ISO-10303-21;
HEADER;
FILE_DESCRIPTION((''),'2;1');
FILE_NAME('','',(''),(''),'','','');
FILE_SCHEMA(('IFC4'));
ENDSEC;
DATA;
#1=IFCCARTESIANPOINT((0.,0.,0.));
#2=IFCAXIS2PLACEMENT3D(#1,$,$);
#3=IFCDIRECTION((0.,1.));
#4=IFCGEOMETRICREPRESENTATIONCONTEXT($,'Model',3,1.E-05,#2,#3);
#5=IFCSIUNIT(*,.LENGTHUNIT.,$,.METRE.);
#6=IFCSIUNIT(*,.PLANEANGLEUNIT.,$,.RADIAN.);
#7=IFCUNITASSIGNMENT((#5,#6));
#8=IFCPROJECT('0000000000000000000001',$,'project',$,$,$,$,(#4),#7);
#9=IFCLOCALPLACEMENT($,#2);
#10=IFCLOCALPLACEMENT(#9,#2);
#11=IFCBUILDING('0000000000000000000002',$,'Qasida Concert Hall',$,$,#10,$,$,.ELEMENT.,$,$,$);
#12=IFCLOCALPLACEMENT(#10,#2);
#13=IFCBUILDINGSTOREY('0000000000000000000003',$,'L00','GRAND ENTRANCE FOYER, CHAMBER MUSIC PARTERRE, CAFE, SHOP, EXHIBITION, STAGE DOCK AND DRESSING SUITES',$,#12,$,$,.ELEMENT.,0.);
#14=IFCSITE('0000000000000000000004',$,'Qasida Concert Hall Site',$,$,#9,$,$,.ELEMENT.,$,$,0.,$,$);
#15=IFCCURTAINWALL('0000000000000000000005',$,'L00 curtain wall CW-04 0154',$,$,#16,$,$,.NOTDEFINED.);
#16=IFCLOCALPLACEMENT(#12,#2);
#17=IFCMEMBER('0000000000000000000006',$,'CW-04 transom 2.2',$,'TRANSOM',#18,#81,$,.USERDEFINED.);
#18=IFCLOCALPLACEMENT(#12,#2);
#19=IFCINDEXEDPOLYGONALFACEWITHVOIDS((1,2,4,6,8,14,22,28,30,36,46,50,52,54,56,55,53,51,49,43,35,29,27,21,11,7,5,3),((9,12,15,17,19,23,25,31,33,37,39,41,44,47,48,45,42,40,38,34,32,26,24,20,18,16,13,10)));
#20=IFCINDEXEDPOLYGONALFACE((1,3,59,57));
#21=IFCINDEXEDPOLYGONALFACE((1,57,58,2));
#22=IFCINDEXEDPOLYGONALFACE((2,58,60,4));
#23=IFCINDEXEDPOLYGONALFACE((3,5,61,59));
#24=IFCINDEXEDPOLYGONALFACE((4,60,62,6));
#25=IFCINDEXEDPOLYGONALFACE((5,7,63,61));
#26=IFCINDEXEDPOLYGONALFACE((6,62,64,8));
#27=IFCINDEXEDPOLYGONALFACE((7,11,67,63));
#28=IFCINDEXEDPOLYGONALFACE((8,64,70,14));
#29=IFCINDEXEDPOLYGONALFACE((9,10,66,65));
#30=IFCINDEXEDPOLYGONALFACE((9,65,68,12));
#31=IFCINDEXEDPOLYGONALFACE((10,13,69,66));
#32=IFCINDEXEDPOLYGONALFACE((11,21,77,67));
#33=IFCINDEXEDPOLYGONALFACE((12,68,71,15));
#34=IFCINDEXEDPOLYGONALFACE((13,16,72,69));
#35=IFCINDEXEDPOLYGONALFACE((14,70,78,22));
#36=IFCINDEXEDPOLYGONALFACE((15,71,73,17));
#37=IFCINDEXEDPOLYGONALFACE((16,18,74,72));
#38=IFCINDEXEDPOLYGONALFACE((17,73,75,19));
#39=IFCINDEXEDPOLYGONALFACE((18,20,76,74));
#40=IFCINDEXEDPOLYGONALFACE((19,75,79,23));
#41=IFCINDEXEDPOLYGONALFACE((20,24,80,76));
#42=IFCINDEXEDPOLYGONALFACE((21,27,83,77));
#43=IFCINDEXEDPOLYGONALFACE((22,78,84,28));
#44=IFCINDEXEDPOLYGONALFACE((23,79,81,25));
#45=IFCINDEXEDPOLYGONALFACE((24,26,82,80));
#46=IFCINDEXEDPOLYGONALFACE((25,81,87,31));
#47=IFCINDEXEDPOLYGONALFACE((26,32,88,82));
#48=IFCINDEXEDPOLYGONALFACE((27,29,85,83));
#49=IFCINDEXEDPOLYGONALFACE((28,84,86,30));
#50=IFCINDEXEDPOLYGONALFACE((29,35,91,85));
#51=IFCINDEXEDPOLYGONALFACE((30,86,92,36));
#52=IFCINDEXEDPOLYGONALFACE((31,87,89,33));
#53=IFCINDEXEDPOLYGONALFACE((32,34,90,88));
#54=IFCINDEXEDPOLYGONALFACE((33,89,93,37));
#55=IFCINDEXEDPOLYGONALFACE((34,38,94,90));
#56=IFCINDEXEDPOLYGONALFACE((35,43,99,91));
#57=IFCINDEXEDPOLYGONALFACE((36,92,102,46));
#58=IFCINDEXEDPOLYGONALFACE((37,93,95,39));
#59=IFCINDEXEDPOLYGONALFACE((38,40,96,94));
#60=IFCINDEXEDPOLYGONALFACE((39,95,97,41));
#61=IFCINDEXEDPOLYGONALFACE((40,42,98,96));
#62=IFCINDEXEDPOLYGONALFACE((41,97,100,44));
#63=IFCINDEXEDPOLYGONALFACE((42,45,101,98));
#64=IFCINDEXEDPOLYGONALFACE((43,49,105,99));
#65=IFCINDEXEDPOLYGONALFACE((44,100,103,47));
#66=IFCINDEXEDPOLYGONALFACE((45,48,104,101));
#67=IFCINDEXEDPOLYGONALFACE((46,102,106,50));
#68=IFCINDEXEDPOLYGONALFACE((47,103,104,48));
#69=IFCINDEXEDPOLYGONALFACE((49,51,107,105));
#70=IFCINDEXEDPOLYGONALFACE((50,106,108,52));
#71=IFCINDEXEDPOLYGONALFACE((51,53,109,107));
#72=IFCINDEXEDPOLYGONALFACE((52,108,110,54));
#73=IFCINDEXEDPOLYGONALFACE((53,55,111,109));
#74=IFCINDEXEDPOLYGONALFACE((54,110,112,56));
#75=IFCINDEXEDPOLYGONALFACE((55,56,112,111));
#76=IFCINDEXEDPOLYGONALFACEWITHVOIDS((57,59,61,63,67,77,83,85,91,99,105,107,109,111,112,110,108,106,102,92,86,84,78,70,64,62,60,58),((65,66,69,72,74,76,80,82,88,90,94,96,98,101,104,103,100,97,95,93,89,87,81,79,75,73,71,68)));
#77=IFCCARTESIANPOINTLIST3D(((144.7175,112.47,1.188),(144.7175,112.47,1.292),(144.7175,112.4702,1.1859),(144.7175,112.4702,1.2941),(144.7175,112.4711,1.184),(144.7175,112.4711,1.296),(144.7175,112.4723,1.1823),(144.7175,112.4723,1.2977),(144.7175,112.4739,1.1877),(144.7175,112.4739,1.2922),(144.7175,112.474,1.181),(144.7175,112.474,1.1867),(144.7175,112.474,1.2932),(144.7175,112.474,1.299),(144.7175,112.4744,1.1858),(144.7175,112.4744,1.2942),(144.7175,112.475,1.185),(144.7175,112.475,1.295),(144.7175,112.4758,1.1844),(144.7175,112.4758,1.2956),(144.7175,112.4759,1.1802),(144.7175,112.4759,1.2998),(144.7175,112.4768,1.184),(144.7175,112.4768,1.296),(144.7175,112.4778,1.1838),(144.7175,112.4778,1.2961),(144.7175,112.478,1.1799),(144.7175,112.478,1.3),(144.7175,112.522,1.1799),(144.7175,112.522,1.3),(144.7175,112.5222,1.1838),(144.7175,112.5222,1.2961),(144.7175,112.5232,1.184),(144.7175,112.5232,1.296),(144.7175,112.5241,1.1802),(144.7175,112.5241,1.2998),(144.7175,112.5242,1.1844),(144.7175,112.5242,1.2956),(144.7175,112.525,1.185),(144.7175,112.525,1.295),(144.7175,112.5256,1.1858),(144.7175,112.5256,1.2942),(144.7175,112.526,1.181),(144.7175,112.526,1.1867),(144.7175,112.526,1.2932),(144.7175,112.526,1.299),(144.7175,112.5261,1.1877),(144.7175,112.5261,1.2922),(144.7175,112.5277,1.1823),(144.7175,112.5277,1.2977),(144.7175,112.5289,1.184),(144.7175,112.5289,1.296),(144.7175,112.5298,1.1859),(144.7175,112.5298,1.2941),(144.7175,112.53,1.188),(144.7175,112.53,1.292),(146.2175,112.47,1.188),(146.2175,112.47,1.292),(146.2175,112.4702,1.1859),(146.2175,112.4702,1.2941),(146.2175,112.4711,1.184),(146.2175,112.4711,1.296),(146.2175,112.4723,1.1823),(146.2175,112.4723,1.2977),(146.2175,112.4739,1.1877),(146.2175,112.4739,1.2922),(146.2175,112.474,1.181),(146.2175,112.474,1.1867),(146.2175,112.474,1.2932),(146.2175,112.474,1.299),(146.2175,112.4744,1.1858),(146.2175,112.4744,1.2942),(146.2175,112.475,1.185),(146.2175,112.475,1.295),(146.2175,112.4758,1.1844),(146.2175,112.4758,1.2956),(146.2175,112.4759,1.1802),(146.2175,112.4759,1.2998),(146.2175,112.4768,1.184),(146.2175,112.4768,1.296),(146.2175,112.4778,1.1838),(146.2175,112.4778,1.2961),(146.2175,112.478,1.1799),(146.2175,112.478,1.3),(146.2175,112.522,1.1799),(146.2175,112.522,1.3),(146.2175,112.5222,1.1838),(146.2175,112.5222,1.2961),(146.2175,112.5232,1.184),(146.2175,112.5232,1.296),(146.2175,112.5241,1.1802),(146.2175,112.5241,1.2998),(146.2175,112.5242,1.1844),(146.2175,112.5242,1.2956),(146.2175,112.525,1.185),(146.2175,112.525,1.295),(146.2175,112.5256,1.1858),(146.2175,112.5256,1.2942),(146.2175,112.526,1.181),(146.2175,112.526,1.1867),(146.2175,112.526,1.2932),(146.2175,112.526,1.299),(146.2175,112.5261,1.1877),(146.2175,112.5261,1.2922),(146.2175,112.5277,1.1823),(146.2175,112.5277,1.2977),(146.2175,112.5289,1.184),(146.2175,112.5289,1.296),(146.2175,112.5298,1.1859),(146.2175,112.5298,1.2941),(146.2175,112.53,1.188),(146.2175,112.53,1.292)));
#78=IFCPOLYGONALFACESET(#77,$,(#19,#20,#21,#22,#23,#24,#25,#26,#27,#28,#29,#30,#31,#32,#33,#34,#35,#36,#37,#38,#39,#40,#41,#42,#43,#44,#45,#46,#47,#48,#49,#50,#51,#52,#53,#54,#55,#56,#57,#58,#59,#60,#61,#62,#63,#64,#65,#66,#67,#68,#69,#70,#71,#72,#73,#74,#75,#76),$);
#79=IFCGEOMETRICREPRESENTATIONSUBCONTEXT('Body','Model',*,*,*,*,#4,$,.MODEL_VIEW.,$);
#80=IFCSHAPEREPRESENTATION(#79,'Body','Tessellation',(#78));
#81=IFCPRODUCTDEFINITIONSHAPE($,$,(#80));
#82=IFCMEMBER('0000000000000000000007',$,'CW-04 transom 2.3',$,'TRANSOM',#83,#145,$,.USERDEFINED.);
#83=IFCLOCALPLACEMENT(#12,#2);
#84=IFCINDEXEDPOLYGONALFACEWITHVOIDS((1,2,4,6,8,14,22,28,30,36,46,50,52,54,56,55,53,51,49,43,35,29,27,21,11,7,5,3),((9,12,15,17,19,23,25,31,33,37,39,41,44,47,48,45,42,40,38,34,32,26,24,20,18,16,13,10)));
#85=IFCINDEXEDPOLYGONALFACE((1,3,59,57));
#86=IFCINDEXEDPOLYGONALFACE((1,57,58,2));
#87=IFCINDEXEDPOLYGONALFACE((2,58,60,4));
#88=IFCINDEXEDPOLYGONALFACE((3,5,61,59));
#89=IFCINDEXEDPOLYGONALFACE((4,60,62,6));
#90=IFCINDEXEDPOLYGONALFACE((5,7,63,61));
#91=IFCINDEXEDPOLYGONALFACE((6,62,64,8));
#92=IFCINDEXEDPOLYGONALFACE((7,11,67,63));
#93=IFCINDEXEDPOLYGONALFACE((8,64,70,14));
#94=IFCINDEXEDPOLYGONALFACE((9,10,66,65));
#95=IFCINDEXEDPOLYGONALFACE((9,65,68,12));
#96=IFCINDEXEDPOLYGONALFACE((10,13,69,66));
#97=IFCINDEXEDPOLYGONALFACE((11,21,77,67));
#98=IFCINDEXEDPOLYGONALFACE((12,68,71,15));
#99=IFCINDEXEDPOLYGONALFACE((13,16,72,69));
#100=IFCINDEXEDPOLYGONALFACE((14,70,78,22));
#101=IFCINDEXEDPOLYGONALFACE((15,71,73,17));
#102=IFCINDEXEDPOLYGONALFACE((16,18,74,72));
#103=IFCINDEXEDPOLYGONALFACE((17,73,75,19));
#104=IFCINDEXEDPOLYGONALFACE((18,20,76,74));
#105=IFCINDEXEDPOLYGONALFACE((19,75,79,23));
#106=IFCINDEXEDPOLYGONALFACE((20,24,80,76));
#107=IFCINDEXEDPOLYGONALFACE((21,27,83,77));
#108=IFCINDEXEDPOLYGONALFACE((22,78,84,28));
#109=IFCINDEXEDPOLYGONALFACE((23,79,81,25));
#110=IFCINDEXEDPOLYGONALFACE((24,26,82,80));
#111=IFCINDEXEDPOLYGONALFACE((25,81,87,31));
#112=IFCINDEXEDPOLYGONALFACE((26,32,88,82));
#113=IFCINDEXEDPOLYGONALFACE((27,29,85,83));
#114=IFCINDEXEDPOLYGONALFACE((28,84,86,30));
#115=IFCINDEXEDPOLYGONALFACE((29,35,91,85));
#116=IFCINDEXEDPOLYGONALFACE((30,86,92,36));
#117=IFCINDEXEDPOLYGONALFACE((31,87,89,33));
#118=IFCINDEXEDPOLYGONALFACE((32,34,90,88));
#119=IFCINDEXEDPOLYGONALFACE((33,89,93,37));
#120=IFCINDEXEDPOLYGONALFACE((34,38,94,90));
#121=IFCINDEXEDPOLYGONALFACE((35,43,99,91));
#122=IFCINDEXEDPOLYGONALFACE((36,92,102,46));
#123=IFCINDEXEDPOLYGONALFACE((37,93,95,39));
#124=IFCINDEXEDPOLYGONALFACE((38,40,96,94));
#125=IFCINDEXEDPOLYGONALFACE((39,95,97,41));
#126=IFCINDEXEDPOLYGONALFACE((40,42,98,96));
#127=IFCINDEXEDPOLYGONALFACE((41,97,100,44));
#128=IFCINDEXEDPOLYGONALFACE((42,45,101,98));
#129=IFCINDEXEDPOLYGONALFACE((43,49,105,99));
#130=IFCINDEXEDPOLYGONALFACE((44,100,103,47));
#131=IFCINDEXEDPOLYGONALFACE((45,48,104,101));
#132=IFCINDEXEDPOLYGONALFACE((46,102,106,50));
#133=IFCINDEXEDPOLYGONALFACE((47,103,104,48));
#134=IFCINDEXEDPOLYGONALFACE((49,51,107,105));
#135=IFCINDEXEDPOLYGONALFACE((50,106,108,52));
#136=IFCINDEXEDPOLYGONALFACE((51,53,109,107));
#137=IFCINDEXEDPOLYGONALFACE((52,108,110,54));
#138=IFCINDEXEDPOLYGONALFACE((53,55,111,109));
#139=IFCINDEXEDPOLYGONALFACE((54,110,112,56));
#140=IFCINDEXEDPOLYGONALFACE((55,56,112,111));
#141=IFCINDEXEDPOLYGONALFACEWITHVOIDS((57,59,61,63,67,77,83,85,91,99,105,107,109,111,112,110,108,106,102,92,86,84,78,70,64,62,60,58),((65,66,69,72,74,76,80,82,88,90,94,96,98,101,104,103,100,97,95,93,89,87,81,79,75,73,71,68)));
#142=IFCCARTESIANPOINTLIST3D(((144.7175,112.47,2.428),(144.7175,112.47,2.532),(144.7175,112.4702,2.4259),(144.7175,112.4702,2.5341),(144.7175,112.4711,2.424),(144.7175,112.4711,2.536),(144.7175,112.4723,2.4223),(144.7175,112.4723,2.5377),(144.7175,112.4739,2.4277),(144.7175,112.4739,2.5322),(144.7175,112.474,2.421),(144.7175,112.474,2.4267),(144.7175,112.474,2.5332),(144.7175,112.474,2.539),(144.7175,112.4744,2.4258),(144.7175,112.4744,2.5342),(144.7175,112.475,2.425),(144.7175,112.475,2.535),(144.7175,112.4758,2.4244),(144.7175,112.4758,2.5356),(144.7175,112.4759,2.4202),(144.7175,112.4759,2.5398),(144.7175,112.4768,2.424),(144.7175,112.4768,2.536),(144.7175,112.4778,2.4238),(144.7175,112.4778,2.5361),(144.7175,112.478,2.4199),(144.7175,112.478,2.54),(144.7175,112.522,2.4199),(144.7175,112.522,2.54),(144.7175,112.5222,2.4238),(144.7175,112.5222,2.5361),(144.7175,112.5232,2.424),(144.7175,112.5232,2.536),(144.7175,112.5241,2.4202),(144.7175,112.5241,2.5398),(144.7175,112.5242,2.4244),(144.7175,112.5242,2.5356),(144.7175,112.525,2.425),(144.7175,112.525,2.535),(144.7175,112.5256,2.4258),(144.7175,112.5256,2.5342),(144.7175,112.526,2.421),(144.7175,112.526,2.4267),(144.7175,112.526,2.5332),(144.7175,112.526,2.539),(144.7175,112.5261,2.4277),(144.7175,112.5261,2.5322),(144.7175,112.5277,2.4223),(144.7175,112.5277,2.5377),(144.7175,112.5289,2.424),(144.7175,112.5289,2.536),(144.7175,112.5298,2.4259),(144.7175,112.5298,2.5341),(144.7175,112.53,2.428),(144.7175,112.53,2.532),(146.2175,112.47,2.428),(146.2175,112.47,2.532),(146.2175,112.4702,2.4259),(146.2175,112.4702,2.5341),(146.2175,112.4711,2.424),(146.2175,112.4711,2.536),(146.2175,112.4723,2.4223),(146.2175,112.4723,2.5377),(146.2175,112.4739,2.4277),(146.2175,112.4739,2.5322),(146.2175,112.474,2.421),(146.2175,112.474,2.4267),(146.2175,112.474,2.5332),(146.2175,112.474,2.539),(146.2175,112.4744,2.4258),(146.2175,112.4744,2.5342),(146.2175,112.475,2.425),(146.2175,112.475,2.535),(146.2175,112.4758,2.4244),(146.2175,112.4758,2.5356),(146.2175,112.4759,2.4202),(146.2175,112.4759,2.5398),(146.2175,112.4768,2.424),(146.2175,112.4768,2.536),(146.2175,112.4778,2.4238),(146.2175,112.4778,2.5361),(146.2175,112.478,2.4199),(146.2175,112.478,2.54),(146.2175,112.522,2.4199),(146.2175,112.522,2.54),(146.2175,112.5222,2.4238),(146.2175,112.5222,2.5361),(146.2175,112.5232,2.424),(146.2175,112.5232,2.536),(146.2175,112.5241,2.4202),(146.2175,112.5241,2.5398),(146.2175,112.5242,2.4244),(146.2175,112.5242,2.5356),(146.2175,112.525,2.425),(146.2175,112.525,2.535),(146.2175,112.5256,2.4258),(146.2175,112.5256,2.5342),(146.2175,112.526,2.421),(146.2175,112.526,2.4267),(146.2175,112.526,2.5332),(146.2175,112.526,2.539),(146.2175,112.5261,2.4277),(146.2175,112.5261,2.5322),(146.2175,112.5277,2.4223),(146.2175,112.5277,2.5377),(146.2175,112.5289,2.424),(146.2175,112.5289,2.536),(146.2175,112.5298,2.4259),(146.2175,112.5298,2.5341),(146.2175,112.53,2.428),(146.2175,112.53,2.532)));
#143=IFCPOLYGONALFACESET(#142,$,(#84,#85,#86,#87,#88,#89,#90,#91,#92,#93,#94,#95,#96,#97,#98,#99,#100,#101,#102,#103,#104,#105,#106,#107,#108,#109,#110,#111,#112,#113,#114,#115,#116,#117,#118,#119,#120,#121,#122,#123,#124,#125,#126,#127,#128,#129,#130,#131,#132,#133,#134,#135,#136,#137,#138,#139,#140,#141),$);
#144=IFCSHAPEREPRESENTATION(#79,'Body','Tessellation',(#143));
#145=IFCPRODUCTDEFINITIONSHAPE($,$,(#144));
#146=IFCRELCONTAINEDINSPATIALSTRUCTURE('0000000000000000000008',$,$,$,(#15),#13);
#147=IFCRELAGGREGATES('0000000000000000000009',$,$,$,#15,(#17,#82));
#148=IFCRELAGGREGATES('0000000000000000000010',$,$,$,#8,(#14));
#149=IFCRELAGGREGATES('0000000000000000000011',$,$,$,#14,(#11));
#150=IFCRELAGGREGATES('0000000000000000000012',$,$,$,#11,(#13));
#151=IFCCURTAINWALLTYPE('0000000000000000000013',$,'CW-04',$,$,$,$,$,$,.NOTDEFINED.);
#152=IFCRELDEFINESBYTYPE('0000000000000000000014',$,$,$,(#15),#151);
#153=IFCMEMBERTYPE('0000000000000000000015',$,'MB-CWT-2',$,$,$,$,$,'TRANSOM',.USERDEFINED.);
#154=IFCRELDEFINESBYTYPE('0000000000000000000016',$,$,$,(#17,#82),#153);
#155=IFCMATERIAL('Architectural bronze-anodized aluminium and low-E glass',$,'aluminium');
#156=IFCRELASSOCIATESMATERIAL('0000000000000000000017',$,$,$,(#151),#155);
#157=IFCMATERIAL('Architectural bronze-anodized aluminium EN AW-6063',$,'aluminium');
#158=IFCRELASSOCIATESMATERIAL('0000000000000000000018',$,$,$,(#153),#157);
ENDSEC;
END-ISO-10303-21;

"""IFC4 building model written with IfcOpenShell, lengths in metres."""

from ifc_helpers import new_model, si_unit, direction, frame, origin, origin_2d, place, context, subcontext, project, spatial, hollow_rectangle, extrude, material, material_profile, profile_set, type_object, element, aggregate, save


model = new_model("IFC4")

# Units and contexts
model_context = context("Model", 3, precision=1e-05, world=origin(), true_north=direction((0.0, 1.0)))
body_context = subcontext(model_context, "Body", "Model", "MODEL_VIEW")
ifc_project = project(units=[si_unit("LENGTHUNIT", "METRE"), si_unit("PLANEANGLEUNIT", "RADIAN")], contexts=[model_context])

# Site, building, storey
site_placement = place(None, origin())
site = spatial("IfcSite", under=ifc_project, at=site_placement, Name="Qasida Concert Hall Site", CompositionType="ELEMENT", RefElevation=0.0)
building_placement = place(site_placement, origin())
building = spatial("IfcBuilding", under=site, at=building_placement, Name="Qasida Concert Hall", CompositionType="ELEMENT")
storey_placement = place(building_placement, origin())
storey = spatial("IfcBuildingStorey", under=building, at=storey_placement, Name="L00", Description="GRAND ENTRANCE FOYER, CHAMBER MUSIC PARTERRE, CAFE, SHOP, EXHIBITION, STAGE DOCK AND DRESSING SUITES", CompositionType="ELEMENT", Elevation=0.0)

# Curtain wall, members
ifc_material_1 = material(Name="Architectural bronze-anodized aluminium and low-E glass", Category="aluminium")
curtain_wall_type = type_object("IfcCurtainWallType", Name="CW-04", PredefinedType="NOTDEFINED", material=ifc_material_1)
curtain_wall_placement = place(storey_placement, origin())
curtain_wall = element("IfcCurtainWall", 1, at=curtain_wall_placement, inside=storey, type_object=curtain_wall_type, Name="L00 curtain wall CW-04 0154", PredefinedType="NOTDEFINED")
ifc_material_2 = material(Name="Architectural bronze-anodized aluminium EN AW-6063", Category="aluminium")
ifc_material_profile_1 = material_profile(ifc_material_2, hollow_rectangle(XDim=0.0601, YDim=0.1201, WallThickness=0.0039, InnerFilletRadius=0.0039, OuterFilletRadius=0.0081, at=origin_2d()), Name="CWT 120x60x4")
ifc_profile_set_1 = profile_set([ifc_material_profile_1], Name="Architectural bronze-anodized aluminium EN AW-6063")
member_type_1 = type_object("IfcMemberType", Name="MB-CWT-2", ElementType="TRANSOM", PredefinedType="USERDEFINED", material=ifc_profile_set_1)
member_1_placement = place(storey_placement, frame((144.7175, 112.5, 1.24), z_axis=(1.0, 0.0, 0.0), x_axis=(0.0, 1.0, 0.0)))
member_1 = element("IfcMember", 2, at=member_1_placement, type_object=member_type_1, Name="CW-04 transom 2.2", ObjectType="TRANSOM", PredefinedType="USERDEFINED", context=body_context, shape_type="SweptSolid", body=[
    extrude(hollow_rectangle(XDim=0.0601, YDim=0.1201, WallThickness=0.0039, InnerFilletRadius=0.0039, OuterFilletRadius=0.0081, at=origin_2d()), origin(), (0.0, 0.0, 1.0), 1.5),
])
member_2_placement = place(storey_placement, frame((144.7175, 112.5, 2.48), z_axis=(1.0, 0.0, 0.0), x_axis=(0.0, 1.0, 0.0)))
member_2 = element("IfcMember", 3, at=member_2_placement, type_object=member_type_1, Name="CW-04 transom 2.3", ObjectType="TRANSOM", PredefinedType="USERDEFINED", context=body_context, shape_type="SweptSolid", body=[
    extrude(hollow_rectangle(XDim=0.0601, YDim=0.1201, WallThickness=0.0039, InnerFilletRadius=0.0039, OuterFilletRadius=0.0081, at=origin_2d()), origin(), (0.0, 0.0, 1.0), 1.5),
])
aggregate(curtain_wall, [member_1, member_2])

save(model, "model.ifc")
